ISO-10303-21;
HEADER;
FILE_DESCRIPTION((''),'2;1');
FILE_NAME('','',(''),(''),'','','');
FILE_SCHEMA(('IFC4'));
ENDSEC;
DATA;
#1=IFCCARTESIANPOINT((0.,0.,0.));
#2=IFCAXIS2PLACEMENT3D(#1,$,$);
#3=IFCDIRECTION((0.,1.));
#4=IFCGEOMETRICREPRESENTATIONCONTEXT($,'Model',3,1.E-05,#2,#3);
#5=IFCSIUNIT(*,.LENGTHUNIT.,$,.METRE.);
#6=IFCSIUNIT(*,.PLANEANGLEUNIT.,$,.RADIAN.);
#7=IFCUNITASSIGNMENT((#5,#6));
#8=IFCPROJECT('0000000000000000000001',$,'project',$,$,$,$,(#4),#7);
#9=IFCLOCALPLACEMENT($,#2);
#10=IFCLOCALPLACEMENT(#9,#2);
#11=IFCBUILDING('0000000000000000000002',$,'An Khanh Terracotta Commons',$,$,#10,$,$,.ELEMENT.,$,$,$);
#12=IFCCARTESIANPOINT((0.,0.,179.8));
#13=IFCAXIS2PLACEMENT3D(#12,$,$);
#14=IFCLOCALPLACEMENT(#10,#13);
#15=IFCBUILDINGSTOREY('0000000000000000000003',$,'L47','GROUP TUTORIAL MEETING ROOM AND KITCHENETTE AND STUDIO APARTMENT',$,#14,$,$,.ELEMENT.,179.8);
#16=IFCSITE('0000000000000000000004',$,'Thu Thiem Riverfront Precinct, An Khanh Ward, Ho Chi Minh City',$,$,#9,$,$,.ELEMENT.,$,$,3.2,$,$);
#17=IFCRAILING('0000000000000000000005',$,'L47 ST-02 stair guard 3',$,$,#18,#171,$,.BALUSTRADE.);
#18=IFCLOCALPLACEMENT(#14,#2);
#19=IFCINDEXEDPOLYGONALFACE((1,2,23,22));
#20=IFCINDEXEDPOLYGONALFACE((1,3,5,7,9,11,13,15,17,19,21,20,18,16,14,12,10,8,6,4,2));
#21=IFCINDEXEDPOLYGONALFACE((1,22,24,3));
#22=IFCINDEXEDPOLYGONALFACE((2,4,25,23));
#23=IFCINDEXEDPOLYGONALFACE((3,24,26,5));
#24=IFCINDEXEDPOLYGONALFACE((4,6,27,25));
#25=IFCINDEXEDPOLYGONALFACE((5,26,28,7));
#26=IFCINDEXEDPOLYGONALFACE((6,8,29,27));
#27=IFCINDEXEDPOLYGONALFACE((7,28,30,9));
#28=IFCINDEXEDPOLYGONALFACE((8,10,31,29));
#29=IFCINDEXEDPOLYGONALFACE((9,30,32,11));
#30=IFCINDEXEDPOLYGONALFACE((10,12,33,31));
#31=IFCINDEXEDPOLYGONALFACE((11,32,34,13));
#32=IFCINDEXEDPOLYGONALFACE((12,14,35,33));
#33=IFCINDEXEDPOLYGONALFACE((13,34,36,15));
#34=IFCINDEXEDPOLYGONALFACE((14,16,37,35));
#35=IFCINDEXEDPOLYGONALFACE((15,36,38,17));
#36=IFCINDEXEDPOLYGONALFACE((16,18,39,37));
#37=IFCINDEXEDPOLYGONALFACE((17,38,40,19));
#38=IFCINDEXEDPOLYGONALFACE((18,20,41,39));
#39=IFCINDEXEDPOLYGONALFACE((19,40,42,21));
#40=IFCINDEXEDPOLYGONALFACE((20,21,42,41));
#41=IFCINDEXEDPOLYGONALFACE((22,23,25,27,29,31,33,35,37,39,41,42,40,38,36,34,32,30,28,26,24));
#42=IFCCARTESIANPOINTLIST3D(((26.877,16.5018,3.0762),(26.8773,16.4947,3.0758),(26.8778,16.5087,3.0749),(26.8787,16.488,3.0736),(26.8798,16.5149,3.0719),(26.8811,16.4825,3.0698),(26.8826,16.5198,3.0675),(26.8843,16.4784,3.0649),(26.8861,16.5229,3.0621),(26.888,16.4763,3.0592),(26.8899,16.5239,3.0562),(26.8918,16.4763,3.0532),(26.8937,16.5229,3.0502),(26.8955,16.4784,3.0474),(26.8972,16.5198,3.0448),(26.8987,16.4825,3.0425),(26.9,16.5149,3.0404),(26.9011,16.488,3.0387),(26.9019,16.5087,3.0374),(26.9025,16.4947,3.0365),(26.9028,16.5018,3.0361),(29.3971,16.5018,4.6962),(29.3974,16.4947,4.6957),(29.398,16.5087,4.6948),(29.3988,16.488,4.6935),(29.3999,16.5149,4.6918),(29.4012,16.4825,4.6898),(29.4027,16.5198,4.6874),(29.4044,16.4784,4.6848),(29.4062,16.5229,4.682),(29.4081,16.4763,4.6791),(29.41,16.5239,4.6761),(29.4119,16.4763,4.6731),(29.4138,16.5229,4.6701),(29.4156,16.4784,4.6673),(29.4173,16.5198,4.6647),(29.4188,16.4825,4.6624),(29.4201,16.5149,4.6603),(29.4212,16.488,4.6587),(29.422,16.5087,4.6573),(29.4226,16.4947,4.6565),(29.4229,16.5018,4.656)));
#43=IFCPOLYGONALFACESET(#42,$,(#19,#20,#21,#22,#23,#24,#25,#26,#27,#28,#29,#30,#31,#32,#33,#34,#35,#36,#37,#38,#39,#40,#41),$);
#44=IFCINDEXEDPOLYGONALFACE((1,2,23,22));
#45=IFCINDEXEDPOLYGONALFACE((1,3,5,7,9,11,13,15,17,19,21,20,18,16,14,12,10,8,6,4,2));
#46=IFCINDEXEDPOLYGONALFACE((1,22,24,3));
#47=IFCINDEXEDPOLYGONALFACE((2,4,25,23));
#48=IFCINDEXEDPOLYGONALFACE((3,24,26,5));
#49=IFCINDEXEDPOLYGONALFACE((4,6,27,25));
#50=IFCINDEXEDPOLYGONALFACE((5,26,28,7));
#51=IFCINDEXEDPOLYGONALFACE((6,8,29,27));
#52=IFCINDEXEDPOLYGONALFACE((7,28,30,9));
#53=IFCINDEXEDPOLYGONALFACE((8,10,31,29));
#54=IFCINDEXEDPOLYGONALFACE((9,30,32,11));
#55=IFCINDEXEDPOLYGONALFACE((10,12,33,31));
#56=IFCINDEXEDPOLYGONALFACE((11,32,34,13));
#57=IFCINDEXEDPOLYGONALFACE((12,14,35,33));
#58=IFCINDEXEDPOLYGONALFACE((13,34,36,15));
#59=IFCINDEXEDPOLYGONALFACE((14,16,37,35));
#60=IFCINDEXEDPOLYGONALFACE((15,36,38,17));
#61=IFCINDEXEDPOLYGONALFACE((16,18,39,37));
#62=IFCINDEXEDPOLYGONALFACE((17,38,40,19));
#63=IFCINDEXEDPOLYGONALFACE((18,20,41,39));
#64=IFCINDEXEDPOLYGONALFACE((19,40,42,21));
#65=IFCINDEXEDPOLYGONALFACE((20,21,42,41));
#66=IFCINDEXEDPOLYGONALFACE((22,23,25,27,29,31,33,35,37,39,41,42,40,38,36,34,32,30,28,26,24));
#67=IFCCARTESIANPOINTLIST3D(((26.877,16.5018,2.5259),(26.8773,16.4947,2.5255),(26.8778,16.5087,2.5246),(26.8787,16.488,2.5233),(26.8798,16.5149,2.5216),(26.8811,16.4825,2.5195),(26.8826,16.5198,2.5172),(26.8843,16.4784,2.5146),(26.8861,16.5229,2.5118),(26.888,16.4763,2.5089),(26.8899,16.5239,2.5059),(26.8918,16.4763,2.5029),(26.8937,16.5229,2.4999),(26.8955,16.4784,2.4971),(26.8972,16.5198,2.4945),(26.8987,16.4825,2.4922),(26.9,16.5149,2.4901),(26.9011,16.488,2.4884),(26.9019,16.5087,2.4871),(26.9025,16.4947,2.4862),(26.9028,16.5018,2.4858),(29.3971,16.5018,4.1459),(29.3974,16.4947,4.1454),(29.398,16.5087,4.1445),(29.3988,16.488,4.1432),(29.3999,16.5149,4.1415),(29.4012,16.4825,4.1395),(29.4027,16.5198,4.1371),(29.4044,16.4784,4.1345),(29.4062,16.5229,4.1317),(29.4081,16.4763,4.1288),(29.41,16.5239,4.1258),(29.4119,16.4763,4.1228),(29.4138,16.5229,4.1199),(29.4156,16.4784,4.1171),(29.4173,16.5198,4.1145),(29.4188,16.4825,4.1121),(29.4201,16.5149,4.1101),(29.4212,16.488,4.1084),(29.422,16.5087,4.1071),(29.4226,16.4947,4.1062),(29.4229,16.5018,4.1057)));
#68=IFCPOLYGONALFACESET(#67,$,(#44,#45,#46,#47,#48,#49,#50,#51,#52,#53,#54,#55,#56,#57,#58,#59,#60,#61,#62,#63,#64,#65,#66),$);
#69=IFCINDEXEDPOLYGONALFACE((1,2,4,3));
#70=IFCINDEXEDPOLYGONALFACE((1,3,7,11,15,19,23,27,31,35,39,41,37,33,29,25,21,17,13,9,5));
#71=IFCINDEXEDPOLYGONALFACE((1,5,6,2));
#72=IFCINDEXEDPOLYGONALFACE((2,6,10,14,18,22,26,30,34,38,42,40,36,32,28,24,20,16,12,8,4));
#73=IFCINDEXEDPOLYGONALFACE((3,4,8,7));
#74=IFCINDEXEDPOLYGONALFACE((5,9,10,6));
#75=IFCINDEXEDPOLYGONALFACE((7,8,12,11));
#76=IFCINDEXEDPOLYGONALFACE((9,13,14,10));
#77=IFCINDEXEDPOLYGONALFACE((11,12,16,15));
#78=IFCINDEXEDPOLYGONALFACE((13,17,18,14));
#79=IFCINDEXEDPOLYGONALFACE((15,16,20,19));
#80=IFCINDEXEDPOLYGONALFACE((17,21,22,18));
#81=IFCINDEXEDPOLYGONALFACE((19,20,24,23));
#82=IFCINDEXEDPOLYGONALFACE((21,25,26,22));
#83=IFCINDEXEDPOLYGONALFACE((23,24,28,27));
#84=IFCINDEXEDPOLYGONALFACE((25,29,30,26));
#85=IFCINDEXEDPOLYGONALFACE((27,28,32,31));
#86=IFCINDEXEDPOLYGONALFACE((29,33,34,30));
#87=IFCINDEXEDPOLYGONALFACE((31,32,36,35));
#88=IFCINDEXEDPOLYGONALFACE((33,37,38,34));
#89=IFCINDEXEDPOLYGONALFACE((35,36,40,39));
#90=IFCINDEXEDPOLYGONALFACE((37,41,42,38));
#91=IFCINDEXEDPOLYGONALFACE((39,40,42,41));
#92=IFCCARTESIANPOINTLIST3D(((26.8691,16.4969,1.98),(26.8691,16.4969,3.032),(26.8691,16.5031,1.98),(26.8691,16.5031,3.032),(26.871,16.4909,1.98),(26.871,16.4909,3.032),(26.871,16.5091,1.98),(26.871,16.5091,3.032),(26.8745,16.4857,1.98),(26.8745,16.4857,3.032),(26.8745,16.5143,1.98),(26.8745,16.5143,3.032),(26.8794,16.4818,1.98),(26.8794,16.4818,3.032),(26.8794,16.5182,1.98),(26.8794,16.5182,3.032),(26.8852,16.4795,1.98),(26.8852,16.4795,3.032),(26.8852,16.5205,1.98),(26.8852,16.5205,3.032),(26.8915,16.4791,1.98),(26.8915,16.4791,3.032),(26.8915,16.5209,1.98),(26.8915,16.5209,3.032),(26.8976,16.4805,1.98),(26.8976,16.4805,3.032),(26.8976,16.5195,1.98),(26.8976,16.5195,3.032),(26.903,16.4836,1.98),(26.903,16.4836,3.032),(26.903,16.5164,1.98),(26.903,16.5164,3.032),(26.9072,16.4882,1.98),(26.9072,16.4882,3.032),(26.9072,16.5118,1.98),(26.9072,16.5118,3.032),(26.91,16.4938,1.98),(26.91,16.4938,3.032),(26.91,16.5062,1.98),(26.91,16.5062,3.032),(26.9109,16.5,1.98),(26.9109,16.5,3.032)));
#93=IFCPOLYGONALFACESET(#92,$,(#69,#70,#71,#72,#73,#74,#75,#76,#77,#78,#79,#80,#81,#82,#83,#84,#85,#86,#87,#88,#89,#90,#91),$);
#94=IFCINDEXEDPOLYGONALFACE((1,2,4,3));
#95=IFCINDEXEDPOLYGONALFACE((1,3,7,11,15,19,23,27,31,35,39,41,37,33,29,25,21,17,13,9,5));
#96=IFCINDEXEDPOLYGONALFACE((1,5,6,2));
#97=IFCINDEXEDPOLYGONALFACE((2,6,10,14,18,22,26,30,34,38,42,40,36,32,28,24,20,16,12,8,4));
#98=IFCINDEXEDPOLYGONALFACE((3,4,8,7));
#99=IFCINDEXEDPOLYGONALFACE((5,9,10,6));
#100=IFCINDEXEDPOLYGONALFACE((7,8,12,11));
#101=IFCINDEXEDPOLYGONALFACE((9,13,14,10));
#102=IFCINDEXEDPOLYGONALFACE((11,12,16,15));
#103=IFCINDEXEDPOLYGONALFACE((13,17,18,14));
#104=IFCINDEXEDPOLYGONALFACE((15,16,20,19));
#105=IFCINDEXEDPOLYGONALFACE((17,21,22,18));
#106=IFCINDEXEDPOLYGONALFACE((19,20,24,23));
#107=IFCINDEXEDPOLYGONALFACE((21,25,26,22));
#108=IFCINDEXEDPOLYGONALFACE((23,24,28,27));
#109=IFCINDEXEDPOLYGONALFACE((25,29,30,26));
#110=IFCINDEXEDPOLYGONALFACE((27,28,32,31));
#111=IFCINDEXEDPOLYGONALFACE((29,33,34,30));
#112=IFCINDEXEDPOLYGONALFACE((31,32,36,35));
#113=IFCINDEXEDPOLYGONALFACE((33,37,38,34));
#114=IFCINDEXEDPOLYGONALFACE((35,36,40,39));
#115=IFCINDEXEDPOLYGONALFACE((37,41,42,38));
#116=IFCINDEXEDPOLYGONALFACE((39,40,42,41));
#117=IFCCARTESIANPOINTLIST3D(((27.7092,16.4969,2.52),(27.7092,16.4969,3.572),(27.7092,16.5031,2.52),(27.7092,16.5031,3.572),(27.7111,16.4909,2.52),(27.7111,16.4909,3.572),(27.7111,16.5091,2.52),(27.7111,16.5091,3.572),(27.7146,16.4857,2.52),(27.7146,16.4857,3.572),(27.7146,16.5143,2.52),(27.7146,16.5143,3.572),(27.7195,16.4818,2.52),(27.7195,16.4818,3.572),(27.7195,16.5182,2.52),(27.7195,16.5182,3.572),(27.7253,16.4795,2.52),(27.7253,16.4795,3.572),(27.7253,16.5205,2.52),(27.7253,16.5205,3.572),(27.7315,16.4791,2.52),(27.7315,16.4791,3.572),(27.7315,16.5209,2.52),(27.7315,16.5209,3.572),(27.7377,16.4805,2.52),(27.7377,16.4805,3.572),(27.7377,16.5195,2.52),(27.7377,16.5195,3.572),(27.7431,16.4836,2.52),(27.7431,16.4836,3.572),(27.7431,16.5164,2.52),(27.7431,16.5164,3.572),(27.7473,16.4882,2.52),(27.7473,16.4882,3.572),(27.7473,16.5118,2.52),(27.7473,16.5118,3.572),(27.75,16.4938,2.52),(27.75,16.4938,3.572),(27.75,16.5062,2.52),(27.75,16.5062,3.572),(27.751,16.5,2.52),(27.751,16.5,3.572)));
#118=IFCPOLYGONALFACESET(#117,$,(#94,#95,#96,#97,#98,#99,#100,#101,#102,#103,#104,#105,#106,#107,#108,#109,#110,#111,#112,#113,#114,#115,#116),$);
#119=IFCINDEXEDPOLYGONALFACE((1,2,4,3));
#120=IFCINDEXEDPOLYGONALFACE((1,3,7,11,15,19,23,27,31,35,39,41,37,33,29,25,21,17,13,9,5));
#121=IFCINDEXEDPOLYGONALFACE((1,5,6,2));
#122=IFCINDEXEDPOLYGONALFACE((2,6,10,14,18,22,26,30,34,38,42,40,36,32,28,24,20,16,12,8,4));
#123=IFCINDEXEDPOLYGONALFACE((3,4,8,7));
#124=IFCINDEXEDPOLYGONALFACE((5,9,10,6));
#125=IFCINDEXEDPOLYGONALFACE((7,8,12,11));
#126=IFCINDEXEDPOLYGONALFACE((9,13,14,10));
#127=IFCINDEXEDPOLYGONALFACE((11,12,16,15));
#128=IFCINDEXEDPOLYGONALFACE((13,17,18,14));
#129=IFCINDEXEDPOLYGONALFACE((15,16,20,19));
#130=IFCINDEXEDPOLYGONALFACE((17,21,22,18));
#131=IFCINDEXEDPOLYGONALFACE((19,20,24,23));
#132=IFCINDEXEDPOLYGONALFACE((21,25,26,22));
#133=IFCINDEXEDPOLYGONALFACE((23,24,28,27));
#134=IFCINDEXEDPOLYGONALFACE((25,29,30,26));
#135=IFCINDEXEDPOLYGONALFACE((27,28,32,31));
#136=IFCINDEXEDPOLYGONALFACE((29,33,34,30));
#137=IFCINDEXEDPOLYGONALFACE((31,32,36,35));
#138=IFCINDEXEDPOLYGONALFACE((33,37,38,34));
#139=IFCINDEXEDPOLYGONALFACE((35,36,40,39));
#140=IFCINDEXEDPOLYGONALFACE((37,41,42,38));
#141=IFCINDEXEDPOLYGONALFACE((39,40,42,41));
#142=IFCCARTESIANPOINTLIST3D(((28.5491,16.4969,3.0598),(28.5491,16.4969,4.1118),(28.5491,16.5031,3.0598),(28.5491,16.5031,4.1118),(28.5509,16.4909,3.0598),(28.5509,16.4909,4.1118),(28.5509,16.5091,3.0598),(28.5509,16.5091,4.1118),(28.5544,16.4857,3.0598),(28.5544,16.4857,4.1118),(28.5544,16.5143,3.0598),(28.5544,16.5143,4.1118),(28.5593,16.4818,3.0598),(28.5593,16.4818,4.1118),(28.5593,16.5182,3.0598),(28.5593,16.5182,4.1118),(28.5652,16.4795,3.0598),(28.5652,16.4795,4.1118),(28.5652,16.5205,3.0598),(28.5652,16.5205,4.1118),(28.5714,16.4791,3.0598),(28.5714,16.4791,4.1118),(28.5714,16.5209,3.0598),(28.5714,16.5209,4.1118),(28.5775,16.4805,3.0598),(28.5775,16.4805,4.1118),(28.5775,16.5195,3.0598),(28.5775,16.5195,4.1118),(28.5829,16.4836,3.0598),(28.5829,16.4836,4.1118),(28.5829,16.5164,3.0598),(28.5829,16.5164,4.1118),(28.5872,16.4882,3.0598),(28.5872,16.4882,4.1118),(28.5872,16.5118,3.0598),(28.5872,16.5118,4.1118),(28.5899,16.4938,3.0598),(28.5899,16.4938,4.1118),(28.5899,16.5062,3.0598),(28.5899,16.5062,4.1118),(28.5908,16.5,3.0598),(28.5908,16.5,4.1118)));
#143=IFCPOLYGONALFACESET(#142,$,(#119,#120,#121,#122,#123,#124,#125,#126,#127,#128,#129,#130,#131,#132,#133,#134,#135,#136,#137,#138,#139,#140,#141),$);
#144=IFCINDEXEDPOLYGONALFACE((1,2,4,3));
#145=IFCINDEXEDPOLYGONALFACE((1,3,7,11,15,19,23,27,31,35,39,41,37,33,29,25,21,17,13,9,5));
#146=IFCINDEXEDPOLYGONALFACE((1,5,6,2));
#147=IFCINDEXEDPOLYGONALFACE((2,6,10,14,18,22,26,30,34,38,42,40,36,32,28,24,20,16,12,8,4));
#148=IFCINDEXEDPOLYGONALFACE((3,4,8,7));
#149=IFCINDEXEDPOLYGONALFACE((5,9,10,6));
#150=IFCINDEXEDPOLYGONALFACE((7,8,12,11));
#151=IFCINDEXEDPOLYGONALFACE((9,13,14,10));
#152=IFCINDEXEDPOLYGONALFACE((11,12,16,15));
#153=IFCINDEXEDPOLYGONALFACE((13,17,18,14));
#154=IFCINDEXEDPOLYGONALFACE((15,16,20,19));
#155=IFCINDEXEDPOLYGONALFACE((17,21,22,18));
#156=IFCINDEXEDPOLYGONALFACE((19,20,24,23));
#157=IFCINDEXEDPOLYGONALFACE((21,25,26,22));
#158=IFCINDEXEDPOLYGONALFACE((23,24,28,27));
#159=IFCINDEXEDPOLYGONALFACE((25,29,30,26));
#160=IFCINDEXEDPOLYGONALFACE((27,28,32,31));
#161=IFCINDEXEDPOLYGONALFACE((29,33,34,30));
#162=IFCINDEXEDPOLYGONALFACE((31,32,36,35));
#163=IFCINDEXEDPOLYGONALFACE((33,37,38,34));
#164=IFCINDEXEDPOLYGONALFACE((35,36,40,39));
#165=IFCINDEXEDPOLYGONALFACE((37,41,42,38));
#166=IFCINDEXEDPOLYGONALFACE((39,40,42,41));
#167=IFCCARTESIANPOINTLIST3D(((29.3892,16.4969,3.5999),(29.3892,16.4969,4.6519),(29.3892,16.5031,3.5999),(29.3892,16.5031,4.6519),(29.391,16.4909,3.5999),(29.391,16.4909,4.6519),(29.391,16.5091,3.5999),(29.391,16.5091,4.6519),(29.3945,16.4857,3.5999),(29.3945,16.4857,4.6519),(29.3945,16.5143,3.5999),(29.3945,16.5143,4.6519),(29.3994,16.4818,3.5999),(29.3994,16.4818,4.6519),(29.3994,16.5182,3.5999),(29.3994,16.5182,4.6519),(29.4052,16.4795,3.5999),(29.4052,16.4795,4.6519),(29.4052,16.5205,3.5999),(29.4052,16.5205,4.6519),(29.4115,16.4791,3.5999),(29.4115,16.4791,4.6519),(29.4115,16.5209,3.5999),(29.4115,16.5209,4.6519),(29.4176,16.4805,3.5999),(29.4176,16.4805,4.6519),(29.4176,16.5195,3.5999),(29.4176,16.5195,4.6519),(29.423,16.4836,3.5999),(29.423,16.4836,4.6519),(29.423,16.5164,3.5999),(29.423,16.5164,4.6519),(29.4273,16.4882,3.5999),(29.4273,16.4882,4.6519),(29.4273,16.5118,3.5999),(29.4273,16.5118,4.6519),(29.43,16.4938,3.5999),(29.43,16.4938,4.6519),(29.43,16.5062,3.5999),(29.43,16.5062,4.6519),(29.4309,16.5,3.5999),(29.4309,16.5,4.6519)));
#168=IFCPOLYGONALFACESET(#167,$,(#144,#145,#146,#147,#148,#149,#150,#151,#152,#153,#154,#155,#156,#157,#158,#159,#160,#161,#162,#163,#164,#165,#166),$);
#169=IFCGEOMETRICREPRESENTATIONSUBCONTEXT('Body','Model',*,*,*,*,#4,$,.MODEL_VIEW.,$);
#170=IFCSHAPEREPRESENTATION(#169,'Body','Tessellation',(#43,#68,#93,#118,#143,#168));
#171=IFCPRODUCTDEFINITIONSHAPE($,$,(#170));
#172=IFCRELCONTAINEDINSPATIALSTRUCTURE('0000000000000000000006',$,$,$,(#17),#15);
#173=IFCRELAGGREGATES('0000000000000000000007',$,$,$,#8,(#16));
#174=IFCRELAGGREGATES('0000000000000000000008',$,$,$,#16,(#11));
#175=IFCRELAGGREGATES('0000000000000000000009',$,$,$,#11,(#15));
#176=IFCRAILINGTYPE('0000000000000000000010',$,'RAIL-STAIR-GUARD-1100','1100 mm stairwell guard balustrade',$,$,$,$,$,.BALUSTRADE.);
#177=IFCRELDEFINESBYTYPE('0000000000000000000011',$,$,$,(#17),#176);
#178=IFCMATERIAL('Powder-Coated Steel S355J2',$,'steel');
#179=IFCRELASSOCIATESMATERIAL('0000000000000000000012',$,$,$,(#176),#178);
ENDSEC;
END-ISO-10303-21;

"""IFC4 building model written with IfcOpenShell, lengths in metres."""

from ifc_helpers import new_model, si_unit, direction, frame, origin, origin_2d, place, context, subcontext, project, spatial, circle, extrude, material, type_object, element, save


model = new_model("IFC4")

# Units and contexts
model_context = context("Model", 3, precision=1e-05, world=origin(), true_north=direction((0.0, 1.0)))
body_context = subcontext(model_context, "Body", "Model", "MODEL_VIEW")
ifc_project = project(units=[si_unit("LENGTHUNIT", "METRE"), si_unit("PLANEANGLEUNIT", "RADIAN")], contexts=[model_context])

# Site, building, storey
site_placement = place(None, origin())
site = spatial("IfcSite", under=ifc_project, at=site_placement, Name="Thu Thiem Riverfront Precinct, An Khanh Ward, Ho Chi Minh City", CompositionType="ELEMENT", RefElevation=3.2)
building_placement = place(site_placement, origin())
building = spatial("IfcBuilding", under=site, at=building_placement, Name="An Khanh Terracotta Commons", CompositionType="ELEMENT")
storey_placement = place(building_placement, frame((0.0, 0.0, 179.8)))
storey = spatial("IfcBuildingStorey", under=building, at=storey_placement, Name="L47", Description="GROUP TUTORIAL MEETING ROOM AND KITCHENETTE AND STUDIO APARTMENT", CompositionType="ELEMENT", Elevation=179.8)

# Railing
ifc_material_1 = material(Name="Powder-Coated Steel S355J2", Category="steel")
railing_type_1 = type_object("IfcRailingType", Name="RAIL-STAIR-GUARD-1100", Description="1100 mm stairwell guard balustrade", PredefinedType="BALUSTRADE", material=ifc_material_1)
railing_1_placement = place(storey_placement, frame((26.8899, 16.5, 1.98)))
element("IfcRailing", 1, at=railing_1_placement, inside=storey, type_object=railing_type_1, Name="L47 ST-02 stair guard 3", PredefinedType="BALUSTRADE", context=body_context, shape_type="SweptSolid", body=[
    extrude(circle(Radius=0.0239, at=origin_2d()), frame((0.0, 0.0, 1.0762), z_axis=(0.8412, 0.0, 0.540725), x_axis=(0.0, 1.0, 0.0)), (0.0, 0.0, 1.0), 2.9958),
    extrude(circle(Radius=0.0239, at=origin_2d()), frame((0.0, 0.0, 0.5259), z_axis=(0.8412, 0.0, 0.540725), x_axis=(0.0, 1.0, 0.0)), (0.0, 0.0, 1.0), 2.9958),
    extrude(circle(Radius=0.021, at=origin_2d()), origin(), (0.0, 0.0, 1.0), 1.052),
    extrude(circle(Radius=0.021, at=origin_2d()), frame((0.8401, 0.0, 0.54)), (0.0, 0.0, 1.0), 1.052),
    extrude(circle(Radius=0.021, at=origin_2d()), frame((1.6799, 0.0, 1.0798)), (0.0, 0.0, 1.0), 1.052),
    extrude(circle(Radius=0.021, at=origin_2d()), frame((2.52, 0.0, 1.6199)), (0.0, 0.0, 1.0), 1.052),
])

save(model, "model.ifc")
